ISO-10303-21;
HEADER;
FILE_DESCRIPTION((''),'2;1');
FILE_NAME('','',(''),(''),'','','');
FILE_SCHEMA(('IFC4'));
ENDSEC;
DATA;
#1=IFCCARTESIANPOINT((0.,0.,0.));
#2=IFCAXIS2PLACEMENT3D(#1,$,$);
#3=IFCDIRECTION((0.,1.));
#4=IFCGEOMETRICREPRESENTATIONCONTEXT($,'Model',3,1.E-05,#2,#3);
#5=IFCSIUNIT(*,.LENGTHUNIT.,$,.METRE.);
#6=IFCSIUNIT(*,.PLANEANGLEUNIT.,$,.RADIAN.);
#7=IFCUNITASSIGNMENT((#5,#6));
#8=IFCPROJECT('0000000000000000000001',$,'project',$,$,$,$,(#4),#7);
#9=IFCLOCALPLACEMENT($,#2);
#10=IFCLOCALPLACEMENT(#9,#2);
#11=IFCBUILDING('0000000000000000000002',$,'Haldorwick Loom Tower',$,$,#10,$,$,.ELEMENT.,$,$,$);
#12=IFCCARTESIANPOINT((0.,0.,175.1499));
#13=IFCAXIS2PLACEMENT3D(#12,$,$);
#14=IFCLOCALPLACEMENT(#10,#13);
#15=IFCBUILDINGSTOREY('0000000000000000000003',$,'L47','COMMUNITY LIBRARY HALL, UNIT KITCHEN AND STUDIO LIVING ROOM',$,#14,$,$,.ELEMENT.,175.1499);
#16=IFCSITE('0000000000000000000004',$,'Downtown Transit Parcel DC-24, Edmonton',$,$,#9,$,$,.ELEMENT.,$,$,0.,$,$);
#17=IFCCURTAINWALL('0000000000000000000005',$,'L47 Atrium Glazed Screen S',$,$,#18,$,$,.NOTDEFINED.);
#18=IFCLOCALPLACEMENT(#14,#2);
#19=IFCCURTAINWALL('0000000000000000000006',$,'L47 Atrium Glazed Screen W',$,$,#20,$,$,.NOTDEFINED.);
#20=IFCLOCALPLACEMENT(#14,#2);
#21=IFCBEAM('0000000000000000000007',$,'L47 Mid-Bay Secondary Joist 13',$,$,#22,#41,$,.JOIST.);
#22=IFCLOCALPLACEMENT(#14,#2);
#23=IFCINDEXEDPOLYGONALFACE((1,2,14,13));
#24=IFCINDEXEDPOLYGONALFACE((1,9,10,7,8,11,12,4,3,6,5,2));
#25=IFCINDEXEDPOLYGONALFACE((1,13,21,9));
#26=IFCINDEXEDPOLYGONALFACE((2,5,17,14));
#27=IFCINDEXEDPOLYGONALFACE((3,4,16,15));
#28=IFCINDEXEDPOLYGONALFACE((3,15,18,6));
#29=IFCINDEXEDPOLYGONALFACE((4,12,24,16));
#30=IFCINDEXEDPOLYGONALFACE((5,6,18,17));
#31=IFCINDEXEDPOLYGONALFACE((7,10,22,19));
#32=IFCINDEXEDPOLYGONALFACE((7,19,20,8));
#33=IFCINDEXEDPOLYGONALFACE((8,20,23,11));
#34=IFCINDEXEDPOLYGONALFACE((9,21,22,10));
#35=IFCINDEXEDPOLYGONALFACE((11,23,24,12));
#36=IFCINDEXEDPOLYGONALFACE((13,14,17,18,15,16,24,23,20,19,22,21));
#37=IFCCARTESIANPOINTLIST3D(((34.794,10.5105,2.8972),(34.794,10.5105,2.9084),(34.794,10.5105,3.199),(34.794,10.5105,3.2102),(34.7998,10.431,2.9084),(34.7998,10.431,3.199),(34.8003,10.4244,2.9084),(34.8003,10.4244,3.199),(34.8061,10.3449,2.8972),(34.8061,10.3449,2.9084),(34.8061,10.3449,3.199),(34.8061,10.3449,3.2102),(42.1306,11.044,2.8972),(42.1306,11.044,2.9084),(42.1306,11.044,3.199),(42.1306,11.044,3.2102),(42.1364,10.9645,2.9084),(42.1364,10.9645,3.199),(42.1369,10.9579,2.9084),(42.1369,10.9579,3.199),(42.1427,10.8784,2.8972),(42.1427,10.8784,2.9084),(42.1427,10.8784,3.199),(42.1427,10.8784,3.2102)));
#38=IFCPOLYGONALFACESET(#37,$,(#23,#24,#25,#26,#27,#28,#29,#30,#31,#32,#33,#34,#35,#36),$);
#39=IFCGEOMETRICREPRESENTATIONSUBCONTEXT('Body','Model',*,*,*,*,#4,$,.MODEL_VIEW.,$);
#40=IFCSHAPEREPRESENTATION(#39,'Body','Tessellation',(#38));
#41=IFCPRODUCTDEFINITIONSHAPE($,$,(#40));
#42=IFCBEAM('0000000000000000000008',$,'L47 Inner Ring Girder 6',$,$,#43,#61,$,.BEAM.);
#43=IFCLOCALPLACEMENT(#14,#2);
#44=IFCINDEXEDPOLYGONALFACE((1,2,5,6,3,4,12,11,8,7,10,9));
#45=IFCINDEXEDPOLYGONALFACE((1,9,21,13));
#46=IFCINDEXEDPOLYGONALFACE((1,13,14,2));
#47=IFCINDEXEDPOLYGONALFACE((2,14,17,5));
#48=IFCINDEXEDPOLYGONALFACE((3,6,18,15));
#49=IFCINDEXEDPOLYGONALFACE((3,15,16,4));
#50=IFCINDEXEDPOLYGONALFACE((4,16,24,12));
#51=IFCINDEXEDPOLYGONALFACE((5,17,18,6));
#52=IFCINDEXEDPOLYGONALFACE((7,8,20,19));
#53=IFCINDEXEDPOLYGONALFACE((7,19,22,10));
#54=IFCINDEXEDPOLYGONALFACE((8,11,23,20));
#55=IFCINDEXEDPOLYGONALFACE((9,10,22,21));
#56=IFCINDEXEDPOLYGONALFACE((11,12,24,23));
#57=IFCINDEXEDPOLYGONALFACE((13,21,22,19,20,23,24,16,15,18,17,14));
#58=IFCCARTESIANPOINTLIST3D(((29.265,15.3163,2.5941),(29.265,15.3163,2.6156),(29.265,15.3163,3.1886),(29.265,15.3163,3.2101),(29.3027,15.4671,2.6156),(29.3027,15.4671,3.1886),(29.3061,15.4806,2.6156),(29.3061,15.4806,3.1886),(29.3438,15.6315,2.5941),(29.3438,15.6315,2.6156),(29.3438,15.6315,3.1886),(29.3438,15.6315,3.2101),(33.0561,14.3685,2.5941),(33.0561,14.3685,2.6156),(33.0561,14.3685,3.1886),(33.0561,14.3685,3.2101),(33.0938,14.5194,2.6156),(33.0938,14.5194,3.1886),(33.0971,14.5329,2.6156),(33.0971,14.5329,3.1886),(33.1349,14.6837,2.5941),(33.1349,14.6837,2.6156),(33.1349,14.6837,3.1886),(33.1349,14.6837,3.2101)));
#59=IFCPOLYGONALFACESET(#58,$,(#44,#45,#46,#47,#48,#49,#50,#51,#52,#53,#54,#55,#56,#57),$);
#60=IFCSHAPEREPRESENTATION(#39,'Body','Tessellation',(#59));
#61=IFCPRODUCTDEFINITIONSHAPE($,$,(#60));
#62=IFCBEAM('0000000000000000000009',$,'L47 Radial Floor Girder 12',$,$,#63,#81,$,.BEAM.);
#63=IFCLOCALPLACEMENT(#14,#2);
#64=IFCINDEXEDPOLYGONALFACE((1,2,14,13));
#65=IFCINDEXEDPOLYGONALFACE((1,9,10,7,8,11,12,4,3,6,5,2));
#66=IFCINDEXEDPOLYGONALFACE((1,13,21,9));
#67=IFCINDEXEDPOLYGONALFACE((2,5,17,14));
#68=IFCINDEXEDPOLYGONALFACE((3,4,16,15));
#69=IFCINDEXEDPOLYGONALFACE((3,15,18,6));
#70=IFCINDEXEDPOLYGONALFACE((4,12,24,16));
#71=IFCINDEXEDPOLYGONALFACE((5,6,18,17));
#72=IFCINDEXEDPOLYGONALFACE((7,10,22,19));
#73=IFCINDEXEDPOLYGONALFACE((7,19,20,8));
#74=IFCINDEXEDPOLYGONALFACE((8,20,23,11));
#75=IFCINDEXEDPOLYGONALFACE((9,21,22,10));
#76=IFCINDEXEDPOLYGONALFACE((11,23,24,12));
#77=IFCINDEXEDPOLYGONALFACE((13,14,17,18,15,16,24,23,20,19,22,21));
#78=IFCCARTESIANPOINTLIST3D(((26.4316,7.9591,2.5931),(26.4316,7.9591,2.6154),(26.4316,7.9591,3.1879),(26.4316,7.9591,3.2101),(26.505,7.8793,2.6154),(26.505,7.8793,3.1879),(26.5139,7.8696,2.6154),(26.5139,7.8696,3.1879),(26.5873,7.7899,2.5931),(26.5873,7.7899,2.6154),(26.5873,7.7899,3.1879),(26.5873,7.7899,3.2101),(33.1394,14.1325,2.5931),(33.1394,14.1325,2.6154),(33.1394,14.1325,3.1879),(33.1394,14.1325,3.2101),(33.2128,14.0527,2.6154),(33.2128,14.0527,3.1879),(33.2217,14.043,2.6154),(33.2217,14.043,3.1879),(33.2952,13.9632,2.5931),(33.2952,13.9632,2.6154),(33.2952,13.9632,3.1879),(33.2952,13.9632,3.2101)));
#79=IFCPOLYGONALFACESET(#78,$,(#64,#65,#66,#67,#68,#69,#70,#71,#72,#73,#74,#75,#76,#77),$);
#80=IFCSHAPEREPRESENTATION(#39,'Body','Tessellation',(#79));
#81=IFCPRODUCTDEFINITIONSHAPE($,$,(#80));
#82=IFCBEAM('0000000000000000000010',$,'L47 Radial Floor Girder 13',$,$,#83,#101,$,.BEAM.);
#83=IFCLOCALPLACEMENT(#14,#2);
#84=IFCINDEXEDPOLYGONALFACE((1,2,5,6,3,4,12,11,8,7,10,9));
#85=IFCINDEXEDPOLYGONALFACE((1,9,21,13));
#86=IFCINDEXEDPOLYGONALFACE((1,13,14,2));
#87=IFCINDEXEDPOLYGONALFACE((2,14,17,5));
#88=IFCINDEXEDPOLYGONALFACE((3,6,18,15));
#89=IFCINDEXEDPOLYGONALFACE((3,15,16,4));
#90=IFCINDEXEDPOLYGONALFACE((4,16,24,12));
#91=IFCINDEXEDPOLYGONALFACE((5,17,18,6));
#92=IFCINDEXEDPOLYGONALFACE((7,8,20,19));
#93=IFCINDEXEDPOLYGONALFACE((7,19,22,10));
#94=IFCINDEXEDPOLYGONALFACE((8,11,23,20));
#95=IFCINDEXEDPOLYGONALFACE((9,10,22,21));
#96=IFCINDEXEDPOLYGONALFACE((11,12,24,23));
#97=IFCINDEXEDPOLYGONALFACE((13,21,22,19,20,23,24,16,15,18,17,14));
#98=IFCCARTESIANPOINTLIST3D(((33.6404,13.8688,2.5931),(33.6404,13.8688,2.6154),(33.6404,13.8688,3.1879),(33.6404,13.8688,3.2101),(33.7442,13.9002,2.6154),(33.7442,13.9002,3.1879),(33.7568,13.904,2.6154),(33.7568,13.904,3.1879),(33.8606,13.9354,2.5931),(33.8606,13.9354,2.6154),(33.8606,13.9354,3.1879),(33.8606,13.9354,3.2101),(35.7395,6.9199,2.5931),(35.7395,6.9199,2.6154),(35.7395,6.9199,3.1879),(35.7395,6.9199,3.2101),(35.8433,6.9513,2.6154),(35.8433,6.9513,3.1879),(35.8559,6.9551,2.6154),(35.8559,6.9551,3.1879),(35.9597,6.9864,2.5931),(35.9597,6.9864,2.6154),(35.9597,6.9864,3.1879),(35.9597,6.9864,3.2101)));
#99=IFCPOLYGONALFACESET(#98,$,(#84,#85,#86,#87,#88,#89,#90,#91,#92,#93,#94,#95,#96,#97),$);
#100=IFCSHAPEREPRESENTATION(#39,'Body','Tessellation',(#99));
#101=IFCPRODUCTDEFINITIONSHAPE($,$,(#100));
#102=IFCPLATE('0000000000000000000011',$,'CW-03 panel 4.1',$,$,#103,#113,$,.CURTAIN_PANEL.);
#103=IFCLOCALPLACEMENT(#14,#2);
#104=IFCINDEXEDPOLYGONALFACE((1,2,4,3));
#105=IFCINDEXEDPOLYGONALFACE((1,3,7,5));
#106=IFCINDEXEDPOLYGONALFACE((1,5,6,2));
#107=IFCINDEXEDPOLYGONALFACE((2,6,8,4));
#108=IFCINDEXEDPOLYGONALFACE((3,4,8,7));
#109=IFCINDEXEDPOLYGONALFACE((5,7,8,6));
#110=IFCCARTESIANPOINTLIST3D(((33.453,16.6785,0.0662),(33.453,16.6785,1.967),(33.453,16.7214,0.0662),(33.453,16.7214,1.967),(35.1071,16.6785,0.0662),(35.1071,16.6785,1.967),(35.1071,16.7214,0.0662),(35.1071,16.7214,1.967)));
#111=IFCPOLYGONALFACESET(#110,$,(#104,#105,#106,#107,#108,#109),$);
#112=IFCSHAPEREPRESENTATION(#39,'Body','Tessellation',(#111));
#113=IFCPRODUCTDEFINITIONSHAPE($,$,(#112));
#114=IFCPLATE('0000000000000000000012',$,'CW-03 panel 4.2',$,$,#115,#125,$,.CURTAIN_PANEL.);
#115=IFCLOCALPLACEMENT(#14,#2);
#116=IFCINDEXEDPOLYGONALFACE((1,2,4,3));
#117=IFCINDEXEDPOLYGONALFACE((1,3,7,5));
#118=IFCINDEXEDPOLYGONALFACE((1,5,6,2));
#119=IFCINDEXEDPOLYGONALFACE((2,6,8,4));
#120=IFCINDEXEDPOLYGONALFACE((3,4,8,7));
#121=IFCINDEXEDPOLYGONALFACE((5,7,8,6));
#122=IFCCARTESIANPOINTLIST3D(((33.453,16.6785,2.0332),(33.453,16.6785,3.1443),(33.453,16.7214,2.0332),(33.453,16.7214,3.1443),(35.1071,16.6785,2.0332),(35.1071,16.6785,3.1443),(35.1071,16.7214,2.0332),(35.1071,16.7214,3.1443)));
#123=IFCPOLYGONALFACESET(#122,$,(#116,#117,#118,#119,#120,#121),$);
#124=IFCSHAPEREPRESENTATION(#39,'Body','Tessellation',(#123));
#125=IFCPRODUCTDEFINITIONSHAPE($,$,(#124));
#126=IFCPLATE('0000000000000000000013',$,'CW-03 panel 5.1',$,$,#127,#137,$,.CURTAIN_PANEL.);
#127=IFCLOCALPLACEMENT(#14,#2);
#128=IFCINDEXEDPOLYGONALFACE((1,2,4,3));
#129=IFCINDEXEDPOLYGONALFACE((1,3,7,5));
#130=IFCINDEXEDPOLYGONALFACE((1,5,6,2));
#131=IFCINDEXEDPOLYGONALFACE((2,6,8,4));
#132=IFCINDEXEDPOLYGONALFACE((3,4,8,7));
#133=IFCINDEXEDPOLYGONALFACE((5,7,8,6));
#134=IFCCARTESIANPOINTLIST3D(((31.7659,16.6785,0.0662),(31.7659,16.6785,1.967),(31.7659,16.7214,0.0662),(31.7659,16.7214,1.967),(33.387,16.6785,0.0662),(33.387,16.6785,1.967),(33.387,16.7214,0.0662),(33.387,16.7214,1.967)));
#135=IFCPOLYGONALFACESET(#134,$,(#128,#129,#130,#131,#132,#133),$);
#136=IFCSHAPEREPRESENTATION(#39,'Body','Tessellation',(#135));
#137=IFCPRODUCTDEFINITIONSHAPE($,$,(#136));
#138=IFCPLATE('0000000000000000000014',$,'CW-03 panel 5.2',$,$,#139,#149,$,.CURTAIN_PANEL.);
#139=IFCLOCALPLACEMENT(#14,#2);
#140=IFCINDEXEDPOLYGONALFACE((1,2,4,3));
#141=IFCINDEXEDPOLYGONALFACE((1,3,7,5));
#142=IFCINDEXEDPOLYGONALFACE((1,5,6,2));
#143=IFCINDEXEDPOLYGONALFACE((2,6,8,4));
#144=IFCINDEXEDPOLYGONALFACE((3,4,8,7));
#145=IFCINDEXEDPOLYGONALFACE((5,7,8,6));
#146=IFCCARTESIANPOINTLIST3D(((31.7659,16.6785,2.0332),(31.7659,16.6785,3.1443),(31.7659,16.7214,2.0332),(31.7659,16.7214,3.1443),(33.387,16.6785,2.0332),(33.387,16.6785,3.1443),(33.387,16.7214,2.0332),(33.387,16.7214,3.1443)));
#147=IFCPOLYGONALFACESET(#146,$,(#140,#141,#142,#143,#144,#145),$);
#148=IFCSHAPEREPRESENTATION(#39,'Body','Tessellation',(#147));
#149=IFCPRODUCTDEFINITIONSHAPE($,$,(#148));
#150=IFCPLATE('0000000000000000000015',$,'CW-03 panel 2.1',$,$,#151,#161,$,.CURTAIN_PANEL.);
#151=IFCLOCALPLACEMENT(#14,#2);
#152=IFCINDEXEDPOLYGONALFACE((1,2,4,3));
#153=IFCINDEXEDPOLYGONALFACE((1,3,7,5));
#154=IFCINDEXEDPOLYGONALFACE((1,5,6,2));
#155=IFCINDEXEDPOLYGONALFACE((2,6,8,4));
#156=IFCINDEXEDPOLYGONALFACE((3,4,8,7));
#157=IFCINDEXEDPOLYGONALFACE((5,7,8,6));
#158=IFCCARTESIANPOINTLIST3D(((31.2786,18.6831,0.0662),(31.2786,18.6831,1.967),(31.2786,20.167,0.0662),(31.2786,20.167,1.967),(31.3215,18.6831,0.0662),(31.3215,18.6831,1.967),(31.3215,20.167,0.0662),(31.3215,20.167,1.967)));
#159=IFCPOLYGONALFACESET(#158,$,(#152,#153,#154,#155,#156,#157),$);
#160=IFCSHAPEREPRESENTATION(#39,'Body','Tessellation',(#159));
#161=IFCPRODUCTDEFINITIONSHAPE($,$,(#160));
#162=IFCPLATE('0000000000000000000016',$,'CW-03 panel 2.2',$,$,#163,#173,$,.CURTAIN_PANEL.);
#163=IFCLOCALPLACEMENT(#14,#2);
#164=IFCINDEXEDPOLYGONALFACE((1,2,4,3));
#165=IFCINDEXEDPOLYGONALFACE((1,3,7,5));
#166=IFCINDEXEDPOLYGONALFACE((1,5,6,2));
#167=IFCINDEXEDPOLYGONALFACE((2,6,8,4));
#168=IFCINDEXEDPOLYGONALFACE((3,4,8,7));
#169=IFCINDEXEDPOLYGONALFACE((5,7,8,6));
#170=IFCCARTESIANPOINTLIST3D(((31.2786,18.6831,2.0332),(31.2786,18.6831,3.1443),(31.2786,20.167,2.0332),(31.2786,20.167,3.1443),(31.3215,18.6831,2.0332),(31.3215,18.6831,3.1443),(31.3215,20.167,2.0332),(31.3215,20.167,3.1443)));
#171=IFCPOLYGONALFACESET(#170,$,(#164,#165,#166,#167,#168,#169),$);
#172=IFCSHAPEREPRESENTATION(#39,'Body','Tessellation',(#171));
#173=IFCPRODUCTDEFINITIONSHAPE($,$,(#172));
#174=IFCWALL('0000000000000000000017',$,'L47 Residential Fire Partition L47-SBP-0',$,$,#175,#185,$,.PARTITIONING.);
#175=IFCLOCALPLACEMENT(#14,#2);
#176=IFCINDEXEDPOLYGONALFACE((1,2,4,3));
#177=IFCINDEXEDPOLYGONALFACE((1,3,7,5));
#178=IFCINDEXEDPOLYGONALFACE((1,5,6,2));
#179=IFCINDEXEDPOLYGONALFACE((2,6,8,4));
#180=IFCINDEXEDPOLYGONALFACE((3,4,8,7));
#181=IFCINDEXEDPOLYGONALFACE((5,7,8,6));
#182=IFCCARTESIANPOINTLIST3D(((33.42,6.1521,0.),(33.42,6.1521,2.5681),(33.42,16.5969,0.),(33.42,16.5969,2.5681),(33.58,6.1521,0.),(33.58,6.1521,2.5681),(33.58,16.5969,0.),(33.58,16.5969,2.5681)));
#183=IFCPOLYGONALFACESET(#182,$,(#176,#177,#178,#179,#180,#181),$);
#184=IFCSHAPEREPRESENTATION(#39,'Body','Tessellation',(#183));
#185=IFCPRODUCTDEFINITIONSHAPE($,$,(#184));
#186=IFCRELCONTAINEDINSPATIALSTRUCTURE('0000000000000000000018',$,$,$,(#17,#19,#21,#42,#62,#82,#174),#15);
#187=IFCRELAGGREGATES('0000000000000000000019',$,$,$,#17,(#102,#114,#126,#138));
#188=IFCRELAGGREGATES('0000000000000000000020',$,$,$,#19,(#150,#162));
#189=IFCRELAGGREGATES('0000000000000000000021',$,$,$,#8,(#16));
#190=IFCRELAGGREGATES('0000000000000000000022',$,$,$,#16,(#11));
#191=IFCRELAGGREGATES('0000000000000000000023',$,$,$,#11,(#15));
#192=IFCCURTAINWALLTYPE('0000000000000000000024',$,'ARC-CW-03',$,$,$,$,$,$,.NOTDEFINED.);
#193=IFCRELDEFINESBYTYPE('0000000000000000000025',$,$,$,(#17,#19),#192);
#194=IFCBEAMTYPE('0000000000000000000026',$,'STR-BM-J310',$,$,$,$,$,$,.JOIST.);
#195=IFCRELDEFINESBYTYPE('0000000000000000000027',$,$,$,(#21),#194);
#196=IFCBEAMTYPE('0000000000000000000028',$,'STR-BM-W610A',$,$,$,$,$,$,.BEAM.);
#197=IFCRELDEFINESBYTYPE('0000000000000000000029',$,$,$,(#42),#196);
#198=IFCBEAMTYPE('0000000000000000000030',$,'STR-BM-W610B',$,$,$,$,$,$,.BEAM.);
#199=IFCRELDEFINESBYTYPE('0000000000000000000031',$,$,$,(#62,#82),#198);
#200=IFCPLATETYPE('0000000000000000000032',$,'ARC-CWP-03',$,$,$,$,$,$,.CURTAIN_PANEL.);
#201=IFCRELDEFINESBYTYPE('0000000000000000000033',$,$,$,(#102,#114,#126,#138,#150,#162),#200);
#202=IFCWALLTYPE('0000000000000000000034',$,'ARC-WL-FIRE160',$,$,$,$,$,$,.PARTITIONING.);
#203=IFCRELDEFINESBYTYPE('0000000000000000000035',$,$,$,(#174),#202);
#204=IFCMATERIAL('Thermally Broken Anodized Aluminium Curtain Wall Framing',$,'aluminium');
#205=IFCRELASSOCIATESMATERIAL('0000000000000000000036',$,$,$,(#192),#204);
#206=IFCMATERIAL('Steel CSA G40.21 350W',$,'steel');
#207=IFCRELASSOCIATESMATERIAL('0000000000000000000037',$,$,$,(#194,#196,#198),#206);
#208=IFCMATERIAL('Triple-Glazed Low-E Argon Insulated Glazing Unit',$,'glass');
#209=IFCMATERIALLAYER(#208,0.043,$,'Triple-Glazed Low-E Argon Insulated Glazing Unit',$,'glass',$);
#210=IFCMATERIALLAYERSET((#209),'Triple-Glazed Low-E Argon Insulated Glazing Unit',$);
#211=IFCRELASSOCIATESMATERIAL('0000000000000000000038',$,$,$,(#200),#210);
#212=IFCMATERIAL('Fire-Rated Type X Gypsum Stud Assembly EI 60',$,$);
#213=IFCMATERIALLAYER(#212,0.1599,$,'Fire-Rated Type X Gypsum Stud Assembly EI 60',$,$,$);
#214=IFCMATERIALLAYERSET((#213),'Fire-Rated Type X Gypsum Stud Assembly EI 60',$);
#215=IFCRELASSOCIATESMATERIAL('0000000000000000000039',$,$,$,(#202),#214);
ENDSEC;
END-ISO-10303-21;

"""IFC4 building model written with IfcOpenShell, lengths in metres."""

from ifc_helpers import new_model, si_unit, direction, frame, frame_2d, origin, origin_2d, place, context, subcontext, project, spatial, rectangle, i_section, extrude, material, layer, layer_set, material_profile, profile_set, type_object, element, aggregate, save


model = new_model("IFC4")

# Units and contexts
model_context = context("Model", 3, precision=1e-05, world=origin(), true_north=direction((0.0, 1.0)))
body_context = subcontext(model_context, "Body", "Model", "MODEL_VIEW")
ifc_project = project(units=[si_unit("LENGTHUNIT", "METRE"), si_unit("PLANEANGLEUNIT", "RADIAN")], contexts=[model_context])

# Site, building, storey
site_placement = place(None, origin())
site = spatial("IfcSite", under=ifc_project, at=site_placement, Name="Downtown Transit Parcel DC-24, Edmonton", CompositionType="ELEMENT", RefElevation=0.0)
building_placement = place(site_placement, origin())
building = spatial("IfcBuilding", under=site, at=building_placement, Name="Haldorwick Loom Tower", CompositionType="ELEMENT")
storey_placement = place(building_placement, frame((0.0, 0.0, 175.1499)))
storey = spatial("IfcBuildingStorey", under=building, at=storey_placement, Name="L47", Description="COMMUNITY LIBRARY HALL, UNIT KITCHEN AND STUDIO LIVING ROOM", CompositionType="ELEMENT", Elevation=175.1499)

# Curtain wall
ifc_material_1 = material(Name="Thermally Broken Anodized Aluminium Curtain Wall Framing", Category="aluminium")
curtain_wall_type = type_object("IfcCurtainWallType", Name="ARC-CW-03", PredefinedType="NOTDEFINED", material=ifc_material_1)
curtain_wall_1_placement = place(storey_placement, origin())
curtain_wall_1 = element("IfcCurtainWall", 1, at=curtain_wall_1_placement, inside=storey, type_object=curtain_wall_type, Name="L47 Atrium Glazed Screen S", PredefinedType="NOTDEFINED")

# Curtain wall
curtain_wall_2_placement = place(storey_placement, origin())
curtain_wall_2 = element("IfcCurtainWall", 2, at=curtain_wall_2_placement, inside=storey, type_object=curtain_wall_type, Name="L47 Atrium Glazed Screen W", PredefinedType="NOTDEFINED")

# Beams
ifc_material_2 = material(Name="Steel CSA G40.21 350W", Category="steel")
ifc_material_profile_1 = material_profile(ifc_material_2, i_section(OverallWidth=0.166, OverallDepth=0.313, WebThickness=0.0066, FlangeThickness=0.0112, at=origin_2d()), Name="W310X45", Category="steel")
ifc_profile_set_1 = profile_set([ifc_material_profile_1], Name="Steel CSA G40.21 350W")
beam_type_1 = type_object("IfcBeamType", Name="STR-BM-J310", PredefinedType="JOIST", material=ifc_profile_set_1)
beam_1_placement = place(storey_placement, frame((34.8, 10.4277, 3.0537), z_axis=(0.997367, 0.072518, 0.0), x_axis=(-0.072518, 0.997367, 0.0)))
element("IfcBeam", 3, at=beam_1_placement, inside=storey, type_object=beam_type_1, Name="L47 Mid-Bay Secondary Joist 13", PredefinedType="JOIST", context=body_context, shape_type="SweptSolid", body=[
    extrude(i_section(OverallWidth=0.166, OverallDepth=0.313, WebThickness=0.0066, FlangeThickness=0.0112, at=origin_2d()), origin(), (0.0, 0.0, 1.0), 7.356),
])
ifc_material_profile_2 = material_profile(ifc_material_2, i_section(OverallWidth=0.325, OverallDepth=0.616, WebThickness=0.0139, FlangeThickness=0.0215, at=origin_2d()), Name="W610X174", Category="steel")
ifc_profile_set_2 = profile_set([ifc_material_profile_2], Name="Steel CSA G40.21 350W")
beam_type_2 = type_object("IfcBeamType", Name="STR-BM-W610A", PredefinedType="BEAM", material=ifc_profile_set_2)
beam_2_placement = place(storey_placement, frame((33.0955, 14.5261, 2.9021), z_axis=(-0.970143, 0.242536, 0.0), x_axis=(-0.242536, -0.970143, 0.0)))
element("IfcBeam", 4, at=beam_2_placement, inside=storey, type_object=beam_type_2, Name="L47 Inner Ring Girder 6", PredefinedType="BEAM", context=body_context, shape_type="SweptSolid", body=[
    extrude(i_section(OverallWidth=0.325, OverallDepth=0.616, WebThickness=0.0139, FlangeThickness=0.0215, at=origin_2d()), origin(), (0.0, 0.0, 1.0), 3.9077),
])
ifc_material_profile_3 = material_profile(ifc_material_2, i_section(OverallWidth=0.23, OverallDepth=0.6169, WebThickness=0.0132, FlangeThickness=0.0222, at=origin_2d()), Name="W610X140", Category="steel")
ifc_profile_set_3 = profile_set([ifc_material_profile_3], Name="Steel CSA G40.21 350W")
beam_type_3 = type_object("IfcBeamType", Name="STR-BM-W610B", PredefinedType="BEAM", material=ifc_profile_set_3)
beam_3_placement = place(storey_placement, frame((33.2173, 14.0479, 2.9016), z_axis=(-0.735811, -0.677187, 0.0), x_axis=(0.677187, -0.735811, 0.0)))
element("IfcBeam", 5, at=beam_3_placement, inside=storey, type_object=beam_type_3, Name="L47 Radial Floor Girder 12", PredefinedType="BEAM", context=body_context, shape_type="SweptSolid", body=[
    extrude(i_section(OverallWidth=0.23, OverallDepth=0.6169, WebThickness=0.0132, FlangeThickness=0.0222, at=origin_2d()), origin(), (0.0, 0.0, 1.0), 9.1162),
])
beam_4_placement = place(storey_placement, frame((33.7505, 13.9021, 2.9016), z_axis=(0.289171, -0.957277, 0.0), x_axis=(0.957277, 0.289171, 0.0)))
element("IfcBeam", 6, at=beam_4_placement, inside=storey, type_object=beam_type_3, Name="L47 Radial Floor Girder 13", PredefinedType="BEAM", context=body_context, shape_type="SweptSolid", body=[
    extrude(i_section(OverallWidth=0.23, OverallDepth=0.6169, WebThickness=0.0132, FlangeThickness=0.0222, at=origin_2d()), origin(), (0.0, 0.0, 1.0), 7.259),
])

# Plates
ifc_material_3 = material(Name="Triple-Glazed Low-E Argon Insulated Glazing Unit", Category="glass")
ifc_layer_1 = layer(ifc_material_3, 0.043, Name="Triple-Glazed Low-E Argon Insulated Glazing Unit", Category="glass")
ifc_layer_set_1 = layer_set([ifc_layer_1], Name="Triple-Glazed Low-E Argon Insulated Glazing Unit")
plate_type = type_object("IfcPlateType", Name="ARC-CWP-03", PredefinedType="CURTAIN_PANEL", material=ifc_layer_set_1)
plate_1_placement = place(storey_placement, frame((34.28, 16.7, 0.0662), z_axis=(0.0, 0.0, 1.0), x_axis=(-1.0, 0.0, 0.0)))
plate_1 = element("IfcPlate", 7, at=plate_1_placement, type_object=plate_type, Name="CW-03 panel 4.1", PredefinedType="CURTAIN_PANEL", context=body_context, shape_type="SweptSolid", body=[
    extrude(rectangle(XDim=1.6541, YDim=0.043, at=origin_2d()), origin(), (0.0, 0.0, 1.0), 1.9009),
])
plate_2_placement = place(storey_placement, frame((34.28, 16.7, 2.0332), z_axis=(0.0, 0.0, 1.0), x_axis=(-1.0, 0.0, 0.0)))
plate_2 = element("IfcPlate", 8, at=plate_2_placement, type_object=plate_type, Name="CW-03 panel 4.2", PredefinedType="CURTAIN_PANEL", context=body_context, shape_type="SweptSolid", body=[
    extrude(rectangle(XDim=1.6541, YDim=0.043, at=origin_2d()), origin(), (0.0, 0.0, 1.0), 1.1111),
])
plate_3_placement = place(storey_placement, frame((32.5764, 16.7, 0.0662), z_axis=(0.0, 0.0, 1.0), x_axis=(-1.0, 0.0, 0.0)))
plate_3 = element("IfcPlate", 9, at=plate_3_placement, type_object=plate_type, Name="CW-03 panel 5.1", PredefinedType="CURTAIN_PANEL", context=body_context, shape_type="SweptSolid", body=[
    extrude(rectangle(XDim=1.6211, YDim=0.043, at=origin_2d()), origin(), (0.0, 0.0, 1.0), 1.9009),
])
plate_4_placement = place(storey_placement, frame((32.5764, 16.7, 2.0332), z_axis=(0.0, 0.0, 1.0), x_axis=(-1.0, 0.0, 0.0)))
plate_4 = element("IfcPlate", 10, at=plate_4_placement, type_object=plate_type, Name="CW-03 panel 5.2", PredefinedType="CURTAIN_PANEL", context=body_context, shape_type="SweptSolid", body=[
    extrude(rectangle(XDim=1.6211, YDim=0.043, at=origin_2d()), origin(), (0.0, 0.0, 1.0), 1.1111),
])
aggregate(curtain_wall_1, [plate_1, plate_2, plate_3, plate_4])
plate_5_placement = place(storey_placement, frame((31.3, 19.425, 0.0662), z_axis=(0.0, 0.0, 1.0), x_axis=(0.0, 1.0, 0.0)))
plate_5 = element("IfcPlate", 11, at=plate_5_placement, type_object=plate_type, Name="CW-03 panel 2.1", PredefinedType="CURTAIN_PANEL", context=body_context, shape_type="SweptSolid", body=[
    extrude(rectangle(XDim=1.4839, YDim=0.043, at=origin_2d()), origin(), (0.0, 0.0, 1.0), 1.9009),
])
plate_6_placement = place(storey_placement, frame((31.3, 19.425, 2.0332), z_axis=(0.0, 0.0, 1.0), x_axis=(0.0, 1.0, 0.0)))
plate_6 = element("IfcPlate", 12, at=plate_6_placement, type_object=plate_type, Name="CW-03 panel 2.2", PredefinedType="CURTAIN_PANEL", context=body_context, shape_type="SweptSolid", body=[
    extrude(rectangle(XDim=1.4839, YDim=0.043, at=origin_2d()), origin(), (0.0, 0.0, 1.0), 1.1111),
])
aggregate(curtain_wall_2, [plate_5, plate_6])

# Wall
ifc_material_4 = material(Name="Fire-Rated Type X Gypsum Stud Assembly EI 60")
ifc_layer_2 = layer(ifc_material_4, 0.1599, Name="Fire-Rated Type X Gypsum Stud Assembly EI 60")
ifc_layer_set_2 = layer_set([ifc_layer_2], Name="Fire-Rated Type X Gypsum Stud Assembly EI 60")
wall_type = type_object("IfcWallType", Name="ARC-WL-FIRE160", PredefinedType="PARTITIONING", material=ifc_layer_set_2)
wall_1_placement = place(storey_placement, frame((33.5, 6.1521, 0.0), z_axis=(0.0, 0.0, 1.0), x_axis=(0.0, 1.0, 0.0)))
element("IfcWall", 13, at=wall_1_placement, inside=storey, type_object=wall_type, Name="L47 Residential Fire Partition L47-SBP-0", PredefinedType="PARTITIONING", context=body_context, shape_type="SweptSolid", body=[
    extrude(rectangle(XDim=10.4448, YDim=0.1599, at=frame_2d((5.2224, 0.0))), origin(), (0.0, 0.0, 1.0), 2.5681),
])

save(model, "model.ifc")
